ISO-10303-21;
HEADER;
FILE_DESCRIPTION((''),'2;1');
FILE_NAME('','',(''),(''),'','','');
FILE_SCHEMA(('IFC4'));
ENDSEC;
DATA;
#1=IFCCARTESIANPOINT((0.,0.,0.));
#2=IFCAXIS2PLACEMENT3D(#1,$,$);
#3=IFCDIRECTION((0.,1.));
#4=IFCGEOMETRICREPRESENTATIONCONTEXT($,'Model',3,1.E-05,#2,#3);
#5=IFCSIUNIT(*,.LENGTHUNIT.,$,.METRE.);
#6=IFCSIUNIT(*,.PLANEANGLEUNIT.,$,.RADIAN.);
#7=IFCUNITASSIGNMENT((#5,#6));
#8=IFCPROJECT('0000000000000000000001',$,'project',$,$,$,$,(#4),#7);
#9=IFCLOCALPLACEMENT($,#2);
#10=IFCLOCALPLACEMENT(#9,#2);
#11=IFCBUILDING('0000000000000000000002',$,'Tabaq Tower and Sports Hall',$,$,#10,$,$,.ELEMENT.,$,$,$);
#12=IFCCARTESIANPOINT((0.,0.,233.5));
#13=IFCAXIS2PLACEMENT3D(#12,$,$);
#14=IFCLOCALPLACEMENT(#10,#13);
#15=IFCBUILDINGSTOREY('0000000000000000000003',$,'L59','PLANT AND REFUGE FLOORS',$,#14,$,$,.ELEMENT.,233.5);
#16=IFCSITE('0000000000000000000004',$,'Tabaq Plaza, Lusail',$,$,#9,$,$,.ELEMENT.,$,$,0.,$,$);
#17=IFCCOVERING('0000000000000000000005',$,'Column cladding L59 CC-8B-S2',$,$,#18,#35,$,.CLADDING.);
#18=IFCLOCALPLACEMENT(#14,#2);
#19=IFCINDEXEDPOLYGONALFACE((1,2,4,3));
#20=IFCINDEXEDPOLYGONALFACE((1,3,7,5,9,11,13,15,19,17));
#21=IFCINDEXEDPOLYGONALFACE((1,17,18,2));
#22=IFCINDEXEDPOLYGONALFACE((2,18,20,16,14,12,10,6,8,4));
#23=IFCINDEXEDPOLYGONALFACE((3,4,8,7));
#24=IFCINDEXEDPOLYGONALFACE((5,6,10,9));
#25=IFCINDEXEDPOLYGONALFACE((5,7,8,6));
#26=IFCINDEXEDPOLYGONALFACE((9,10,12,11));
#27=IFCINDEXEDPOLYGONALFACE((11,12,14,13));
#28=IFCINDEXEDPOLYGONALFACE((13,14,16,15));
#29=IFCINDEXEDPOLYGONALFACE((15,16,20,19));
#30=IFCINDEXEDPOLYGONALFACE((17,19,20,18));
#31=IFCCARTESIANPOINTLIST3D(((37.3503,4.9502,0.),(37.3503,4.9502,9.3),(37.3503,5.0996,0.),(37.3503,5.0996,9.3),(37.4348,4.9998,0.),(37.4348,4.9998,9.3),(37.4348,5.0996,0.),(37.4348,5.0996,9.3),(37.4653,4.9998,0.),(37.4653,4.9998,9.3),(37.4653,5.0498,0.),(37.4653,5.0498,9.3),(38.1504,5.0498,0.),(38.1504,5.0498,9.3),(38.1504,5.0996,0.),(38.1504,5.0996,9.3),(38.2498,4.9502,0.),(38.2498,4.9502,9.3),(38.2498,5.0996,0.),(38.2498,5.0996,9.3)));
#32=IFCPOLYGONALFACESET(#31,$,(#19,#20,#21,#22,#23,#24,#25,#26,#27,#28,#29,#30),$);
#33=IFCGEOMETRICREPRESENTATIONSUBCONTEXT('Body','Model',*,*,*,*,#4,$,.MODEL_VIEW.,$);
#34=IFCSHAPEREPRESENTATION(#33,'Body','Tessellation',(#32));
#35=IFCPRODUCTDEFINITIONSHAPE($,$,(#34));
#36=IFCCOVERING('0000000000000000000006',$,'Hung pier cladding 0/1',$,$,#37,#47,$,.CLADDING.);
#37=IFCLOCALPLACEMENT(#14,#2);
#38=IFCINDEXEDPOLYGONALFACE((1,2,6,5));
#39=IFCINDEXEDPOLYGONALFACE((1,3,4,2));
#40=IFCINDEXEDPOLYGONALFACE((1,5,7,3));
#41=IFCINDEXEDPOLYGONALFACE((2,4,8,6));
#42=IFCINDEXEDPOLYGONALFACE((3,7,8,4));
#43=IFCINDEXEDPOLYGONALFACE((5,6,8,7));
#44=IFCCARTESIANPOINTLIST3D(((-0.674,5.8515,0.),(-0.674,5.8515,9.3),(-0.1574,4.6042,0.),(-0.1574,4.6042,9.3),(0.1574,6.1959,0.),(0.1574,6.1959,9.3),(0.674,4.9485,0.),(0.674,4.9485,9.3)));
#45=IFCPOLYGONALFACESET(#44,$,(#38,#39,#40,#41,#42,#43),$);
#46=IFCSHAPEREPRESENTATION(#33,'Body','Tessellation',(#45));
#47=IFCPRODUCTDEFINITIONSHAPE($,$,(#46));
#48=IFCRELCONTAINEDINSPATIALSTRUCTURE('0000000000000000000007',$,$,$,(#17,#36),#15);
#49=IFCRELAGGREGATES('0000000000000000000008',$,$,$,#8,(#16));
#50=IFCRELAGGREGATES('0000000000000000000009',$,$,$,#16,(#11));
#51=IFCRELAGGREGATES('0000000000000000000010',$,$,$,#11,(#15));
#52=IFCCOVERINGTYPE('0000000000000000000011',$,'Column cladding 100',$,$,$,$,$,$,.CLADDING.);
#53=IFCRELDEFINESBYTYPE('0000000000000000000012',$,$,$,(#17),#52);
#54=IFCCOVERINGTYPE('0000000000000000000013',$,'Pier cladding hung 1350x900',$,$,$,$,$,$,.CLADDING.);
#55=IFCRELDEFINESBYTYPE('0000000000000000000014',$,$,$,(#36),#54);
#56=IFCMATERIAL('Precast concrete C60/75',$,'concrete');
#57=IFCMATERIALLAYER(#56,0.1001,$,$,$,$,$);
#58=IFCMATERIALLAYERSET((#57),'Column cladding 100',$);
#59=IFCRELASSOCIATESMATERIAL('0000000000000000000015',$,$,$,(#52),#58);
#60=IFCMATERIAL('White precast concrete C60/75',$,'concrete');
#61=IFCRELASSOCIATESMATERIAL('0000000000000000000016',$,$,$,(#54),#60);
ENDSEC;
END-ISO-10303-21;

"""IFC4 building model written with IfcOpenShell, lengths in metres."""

from ifc_helpers import new_model, si_unit, direction, frame, frame_2d, origin, place, context, subcontext, project, spatial, polyline, rectangle, outline, extrude, material, layer, layer_set, type_object, element, save


model = new_model("IFC4")

# Units and contexts
model_context = context("Model", 3, precision=1e-05, world=origin(), true_north=direction((0.0, 1.0)))
body_context = subcontext(model_context, "Body", "Model", "MODEL_VIEW")
ifc_project = project(units=[si_unit("LENGTHUNIT", "METRE"), si_unit("PLANEANGLEUNIT", "RADIAN")], contexts=[model_context])

# Site, building, storey
site_placement = place(None, origin())
site = spatial("IfcSite", under=ifc_project, at=site_placement, Name="Tabaq Plaza, Lusail", CompositionType="ELEMENT", RefElevation=0.0)
building_placement = place(site_placement, origin())
building = spatial("IfcBuilding", under=site, at=building_placement, Name="Tabaq Tower and Sports Hall", CompositionType="ELEMENT")
storey_placement = place(building_placement, frame((0.0, 0.0, 233.5)))
storey = spatial("IfcBuildingStorey", under=building, at=storey_placement, Name="L59", Description="PLANT AND REFUGE FLOORS", CompositionType="ELEMENT", Elevation=233.5)

# Coverings
ifc_material_1 = material(Name="Precast concrete C60/75", Category="concrete")
ifc_layer_1 = layer(ifc_material_1, 0.1001)
ifc_layer_set_1 = layer_set([ifc_layer_1], Name="Column cladding 100")
covering_type_1 = type_object("IfcCoveringType", Name="Column cladding 100", PredefinedType="CLADDING", material=ifc_layer_set_1)
covering_1_placement = place(storey_placement, origin())
element("IfcCovering", 1, at=covering_1_placement, inside=storey, type_object=covering_type_1, Name="Column cladding L59 CC-8B-S2", PredefinedType="CLADDING", context=body_context, shape_type="SweptSolid", body=[
    extrude(outline(polyline([(38.2498, 4.9502), (37.3503, 4.9502), (37.3503, 5.0996), (37.4348, 5.0996), (37.4348, 4.9998), (37.4653, 4.9998), (37.4653, 5.0498), (38.1504, 5.0498), (38.1504, 5.0996), (38.2498, 5.0996), (38.2498, 4.9502)])), origin(), (0.0, 0.0, 1.0), 9.3),
])
ifc_material_2 = material(Name="White precast concrete C60/75", Category="concrete")
covering_type_2 = type_object("IfcCoveringType", Name="Pier cladding hung 1350x900", PredefinedType="CLADDING", material=ifc_material_2)
covering_2_placement = place(storey_placement, frame((-0.2583, 6.0237, 0.0), z_axis=(0.0, 0.0, 1.0), x_axis=(0.38265, -0.923893, 0.0)))
element("IfcCovering", 2, at=covering_2_placement, inside=storey, type_object=covering_type_2, Name="Hung pier cladding 0/1", PredefinedType="CLADDING", context=body_context, shape_type="SweptSolid", body=[
    extrude(rectangle(XDim=1.3501, YDim=0.8999, at=frame_2d((0.675, 0.0))), origin(), (0.0, 0.0, 1.0), 9.3),
])

save(model, "model.ifc")
